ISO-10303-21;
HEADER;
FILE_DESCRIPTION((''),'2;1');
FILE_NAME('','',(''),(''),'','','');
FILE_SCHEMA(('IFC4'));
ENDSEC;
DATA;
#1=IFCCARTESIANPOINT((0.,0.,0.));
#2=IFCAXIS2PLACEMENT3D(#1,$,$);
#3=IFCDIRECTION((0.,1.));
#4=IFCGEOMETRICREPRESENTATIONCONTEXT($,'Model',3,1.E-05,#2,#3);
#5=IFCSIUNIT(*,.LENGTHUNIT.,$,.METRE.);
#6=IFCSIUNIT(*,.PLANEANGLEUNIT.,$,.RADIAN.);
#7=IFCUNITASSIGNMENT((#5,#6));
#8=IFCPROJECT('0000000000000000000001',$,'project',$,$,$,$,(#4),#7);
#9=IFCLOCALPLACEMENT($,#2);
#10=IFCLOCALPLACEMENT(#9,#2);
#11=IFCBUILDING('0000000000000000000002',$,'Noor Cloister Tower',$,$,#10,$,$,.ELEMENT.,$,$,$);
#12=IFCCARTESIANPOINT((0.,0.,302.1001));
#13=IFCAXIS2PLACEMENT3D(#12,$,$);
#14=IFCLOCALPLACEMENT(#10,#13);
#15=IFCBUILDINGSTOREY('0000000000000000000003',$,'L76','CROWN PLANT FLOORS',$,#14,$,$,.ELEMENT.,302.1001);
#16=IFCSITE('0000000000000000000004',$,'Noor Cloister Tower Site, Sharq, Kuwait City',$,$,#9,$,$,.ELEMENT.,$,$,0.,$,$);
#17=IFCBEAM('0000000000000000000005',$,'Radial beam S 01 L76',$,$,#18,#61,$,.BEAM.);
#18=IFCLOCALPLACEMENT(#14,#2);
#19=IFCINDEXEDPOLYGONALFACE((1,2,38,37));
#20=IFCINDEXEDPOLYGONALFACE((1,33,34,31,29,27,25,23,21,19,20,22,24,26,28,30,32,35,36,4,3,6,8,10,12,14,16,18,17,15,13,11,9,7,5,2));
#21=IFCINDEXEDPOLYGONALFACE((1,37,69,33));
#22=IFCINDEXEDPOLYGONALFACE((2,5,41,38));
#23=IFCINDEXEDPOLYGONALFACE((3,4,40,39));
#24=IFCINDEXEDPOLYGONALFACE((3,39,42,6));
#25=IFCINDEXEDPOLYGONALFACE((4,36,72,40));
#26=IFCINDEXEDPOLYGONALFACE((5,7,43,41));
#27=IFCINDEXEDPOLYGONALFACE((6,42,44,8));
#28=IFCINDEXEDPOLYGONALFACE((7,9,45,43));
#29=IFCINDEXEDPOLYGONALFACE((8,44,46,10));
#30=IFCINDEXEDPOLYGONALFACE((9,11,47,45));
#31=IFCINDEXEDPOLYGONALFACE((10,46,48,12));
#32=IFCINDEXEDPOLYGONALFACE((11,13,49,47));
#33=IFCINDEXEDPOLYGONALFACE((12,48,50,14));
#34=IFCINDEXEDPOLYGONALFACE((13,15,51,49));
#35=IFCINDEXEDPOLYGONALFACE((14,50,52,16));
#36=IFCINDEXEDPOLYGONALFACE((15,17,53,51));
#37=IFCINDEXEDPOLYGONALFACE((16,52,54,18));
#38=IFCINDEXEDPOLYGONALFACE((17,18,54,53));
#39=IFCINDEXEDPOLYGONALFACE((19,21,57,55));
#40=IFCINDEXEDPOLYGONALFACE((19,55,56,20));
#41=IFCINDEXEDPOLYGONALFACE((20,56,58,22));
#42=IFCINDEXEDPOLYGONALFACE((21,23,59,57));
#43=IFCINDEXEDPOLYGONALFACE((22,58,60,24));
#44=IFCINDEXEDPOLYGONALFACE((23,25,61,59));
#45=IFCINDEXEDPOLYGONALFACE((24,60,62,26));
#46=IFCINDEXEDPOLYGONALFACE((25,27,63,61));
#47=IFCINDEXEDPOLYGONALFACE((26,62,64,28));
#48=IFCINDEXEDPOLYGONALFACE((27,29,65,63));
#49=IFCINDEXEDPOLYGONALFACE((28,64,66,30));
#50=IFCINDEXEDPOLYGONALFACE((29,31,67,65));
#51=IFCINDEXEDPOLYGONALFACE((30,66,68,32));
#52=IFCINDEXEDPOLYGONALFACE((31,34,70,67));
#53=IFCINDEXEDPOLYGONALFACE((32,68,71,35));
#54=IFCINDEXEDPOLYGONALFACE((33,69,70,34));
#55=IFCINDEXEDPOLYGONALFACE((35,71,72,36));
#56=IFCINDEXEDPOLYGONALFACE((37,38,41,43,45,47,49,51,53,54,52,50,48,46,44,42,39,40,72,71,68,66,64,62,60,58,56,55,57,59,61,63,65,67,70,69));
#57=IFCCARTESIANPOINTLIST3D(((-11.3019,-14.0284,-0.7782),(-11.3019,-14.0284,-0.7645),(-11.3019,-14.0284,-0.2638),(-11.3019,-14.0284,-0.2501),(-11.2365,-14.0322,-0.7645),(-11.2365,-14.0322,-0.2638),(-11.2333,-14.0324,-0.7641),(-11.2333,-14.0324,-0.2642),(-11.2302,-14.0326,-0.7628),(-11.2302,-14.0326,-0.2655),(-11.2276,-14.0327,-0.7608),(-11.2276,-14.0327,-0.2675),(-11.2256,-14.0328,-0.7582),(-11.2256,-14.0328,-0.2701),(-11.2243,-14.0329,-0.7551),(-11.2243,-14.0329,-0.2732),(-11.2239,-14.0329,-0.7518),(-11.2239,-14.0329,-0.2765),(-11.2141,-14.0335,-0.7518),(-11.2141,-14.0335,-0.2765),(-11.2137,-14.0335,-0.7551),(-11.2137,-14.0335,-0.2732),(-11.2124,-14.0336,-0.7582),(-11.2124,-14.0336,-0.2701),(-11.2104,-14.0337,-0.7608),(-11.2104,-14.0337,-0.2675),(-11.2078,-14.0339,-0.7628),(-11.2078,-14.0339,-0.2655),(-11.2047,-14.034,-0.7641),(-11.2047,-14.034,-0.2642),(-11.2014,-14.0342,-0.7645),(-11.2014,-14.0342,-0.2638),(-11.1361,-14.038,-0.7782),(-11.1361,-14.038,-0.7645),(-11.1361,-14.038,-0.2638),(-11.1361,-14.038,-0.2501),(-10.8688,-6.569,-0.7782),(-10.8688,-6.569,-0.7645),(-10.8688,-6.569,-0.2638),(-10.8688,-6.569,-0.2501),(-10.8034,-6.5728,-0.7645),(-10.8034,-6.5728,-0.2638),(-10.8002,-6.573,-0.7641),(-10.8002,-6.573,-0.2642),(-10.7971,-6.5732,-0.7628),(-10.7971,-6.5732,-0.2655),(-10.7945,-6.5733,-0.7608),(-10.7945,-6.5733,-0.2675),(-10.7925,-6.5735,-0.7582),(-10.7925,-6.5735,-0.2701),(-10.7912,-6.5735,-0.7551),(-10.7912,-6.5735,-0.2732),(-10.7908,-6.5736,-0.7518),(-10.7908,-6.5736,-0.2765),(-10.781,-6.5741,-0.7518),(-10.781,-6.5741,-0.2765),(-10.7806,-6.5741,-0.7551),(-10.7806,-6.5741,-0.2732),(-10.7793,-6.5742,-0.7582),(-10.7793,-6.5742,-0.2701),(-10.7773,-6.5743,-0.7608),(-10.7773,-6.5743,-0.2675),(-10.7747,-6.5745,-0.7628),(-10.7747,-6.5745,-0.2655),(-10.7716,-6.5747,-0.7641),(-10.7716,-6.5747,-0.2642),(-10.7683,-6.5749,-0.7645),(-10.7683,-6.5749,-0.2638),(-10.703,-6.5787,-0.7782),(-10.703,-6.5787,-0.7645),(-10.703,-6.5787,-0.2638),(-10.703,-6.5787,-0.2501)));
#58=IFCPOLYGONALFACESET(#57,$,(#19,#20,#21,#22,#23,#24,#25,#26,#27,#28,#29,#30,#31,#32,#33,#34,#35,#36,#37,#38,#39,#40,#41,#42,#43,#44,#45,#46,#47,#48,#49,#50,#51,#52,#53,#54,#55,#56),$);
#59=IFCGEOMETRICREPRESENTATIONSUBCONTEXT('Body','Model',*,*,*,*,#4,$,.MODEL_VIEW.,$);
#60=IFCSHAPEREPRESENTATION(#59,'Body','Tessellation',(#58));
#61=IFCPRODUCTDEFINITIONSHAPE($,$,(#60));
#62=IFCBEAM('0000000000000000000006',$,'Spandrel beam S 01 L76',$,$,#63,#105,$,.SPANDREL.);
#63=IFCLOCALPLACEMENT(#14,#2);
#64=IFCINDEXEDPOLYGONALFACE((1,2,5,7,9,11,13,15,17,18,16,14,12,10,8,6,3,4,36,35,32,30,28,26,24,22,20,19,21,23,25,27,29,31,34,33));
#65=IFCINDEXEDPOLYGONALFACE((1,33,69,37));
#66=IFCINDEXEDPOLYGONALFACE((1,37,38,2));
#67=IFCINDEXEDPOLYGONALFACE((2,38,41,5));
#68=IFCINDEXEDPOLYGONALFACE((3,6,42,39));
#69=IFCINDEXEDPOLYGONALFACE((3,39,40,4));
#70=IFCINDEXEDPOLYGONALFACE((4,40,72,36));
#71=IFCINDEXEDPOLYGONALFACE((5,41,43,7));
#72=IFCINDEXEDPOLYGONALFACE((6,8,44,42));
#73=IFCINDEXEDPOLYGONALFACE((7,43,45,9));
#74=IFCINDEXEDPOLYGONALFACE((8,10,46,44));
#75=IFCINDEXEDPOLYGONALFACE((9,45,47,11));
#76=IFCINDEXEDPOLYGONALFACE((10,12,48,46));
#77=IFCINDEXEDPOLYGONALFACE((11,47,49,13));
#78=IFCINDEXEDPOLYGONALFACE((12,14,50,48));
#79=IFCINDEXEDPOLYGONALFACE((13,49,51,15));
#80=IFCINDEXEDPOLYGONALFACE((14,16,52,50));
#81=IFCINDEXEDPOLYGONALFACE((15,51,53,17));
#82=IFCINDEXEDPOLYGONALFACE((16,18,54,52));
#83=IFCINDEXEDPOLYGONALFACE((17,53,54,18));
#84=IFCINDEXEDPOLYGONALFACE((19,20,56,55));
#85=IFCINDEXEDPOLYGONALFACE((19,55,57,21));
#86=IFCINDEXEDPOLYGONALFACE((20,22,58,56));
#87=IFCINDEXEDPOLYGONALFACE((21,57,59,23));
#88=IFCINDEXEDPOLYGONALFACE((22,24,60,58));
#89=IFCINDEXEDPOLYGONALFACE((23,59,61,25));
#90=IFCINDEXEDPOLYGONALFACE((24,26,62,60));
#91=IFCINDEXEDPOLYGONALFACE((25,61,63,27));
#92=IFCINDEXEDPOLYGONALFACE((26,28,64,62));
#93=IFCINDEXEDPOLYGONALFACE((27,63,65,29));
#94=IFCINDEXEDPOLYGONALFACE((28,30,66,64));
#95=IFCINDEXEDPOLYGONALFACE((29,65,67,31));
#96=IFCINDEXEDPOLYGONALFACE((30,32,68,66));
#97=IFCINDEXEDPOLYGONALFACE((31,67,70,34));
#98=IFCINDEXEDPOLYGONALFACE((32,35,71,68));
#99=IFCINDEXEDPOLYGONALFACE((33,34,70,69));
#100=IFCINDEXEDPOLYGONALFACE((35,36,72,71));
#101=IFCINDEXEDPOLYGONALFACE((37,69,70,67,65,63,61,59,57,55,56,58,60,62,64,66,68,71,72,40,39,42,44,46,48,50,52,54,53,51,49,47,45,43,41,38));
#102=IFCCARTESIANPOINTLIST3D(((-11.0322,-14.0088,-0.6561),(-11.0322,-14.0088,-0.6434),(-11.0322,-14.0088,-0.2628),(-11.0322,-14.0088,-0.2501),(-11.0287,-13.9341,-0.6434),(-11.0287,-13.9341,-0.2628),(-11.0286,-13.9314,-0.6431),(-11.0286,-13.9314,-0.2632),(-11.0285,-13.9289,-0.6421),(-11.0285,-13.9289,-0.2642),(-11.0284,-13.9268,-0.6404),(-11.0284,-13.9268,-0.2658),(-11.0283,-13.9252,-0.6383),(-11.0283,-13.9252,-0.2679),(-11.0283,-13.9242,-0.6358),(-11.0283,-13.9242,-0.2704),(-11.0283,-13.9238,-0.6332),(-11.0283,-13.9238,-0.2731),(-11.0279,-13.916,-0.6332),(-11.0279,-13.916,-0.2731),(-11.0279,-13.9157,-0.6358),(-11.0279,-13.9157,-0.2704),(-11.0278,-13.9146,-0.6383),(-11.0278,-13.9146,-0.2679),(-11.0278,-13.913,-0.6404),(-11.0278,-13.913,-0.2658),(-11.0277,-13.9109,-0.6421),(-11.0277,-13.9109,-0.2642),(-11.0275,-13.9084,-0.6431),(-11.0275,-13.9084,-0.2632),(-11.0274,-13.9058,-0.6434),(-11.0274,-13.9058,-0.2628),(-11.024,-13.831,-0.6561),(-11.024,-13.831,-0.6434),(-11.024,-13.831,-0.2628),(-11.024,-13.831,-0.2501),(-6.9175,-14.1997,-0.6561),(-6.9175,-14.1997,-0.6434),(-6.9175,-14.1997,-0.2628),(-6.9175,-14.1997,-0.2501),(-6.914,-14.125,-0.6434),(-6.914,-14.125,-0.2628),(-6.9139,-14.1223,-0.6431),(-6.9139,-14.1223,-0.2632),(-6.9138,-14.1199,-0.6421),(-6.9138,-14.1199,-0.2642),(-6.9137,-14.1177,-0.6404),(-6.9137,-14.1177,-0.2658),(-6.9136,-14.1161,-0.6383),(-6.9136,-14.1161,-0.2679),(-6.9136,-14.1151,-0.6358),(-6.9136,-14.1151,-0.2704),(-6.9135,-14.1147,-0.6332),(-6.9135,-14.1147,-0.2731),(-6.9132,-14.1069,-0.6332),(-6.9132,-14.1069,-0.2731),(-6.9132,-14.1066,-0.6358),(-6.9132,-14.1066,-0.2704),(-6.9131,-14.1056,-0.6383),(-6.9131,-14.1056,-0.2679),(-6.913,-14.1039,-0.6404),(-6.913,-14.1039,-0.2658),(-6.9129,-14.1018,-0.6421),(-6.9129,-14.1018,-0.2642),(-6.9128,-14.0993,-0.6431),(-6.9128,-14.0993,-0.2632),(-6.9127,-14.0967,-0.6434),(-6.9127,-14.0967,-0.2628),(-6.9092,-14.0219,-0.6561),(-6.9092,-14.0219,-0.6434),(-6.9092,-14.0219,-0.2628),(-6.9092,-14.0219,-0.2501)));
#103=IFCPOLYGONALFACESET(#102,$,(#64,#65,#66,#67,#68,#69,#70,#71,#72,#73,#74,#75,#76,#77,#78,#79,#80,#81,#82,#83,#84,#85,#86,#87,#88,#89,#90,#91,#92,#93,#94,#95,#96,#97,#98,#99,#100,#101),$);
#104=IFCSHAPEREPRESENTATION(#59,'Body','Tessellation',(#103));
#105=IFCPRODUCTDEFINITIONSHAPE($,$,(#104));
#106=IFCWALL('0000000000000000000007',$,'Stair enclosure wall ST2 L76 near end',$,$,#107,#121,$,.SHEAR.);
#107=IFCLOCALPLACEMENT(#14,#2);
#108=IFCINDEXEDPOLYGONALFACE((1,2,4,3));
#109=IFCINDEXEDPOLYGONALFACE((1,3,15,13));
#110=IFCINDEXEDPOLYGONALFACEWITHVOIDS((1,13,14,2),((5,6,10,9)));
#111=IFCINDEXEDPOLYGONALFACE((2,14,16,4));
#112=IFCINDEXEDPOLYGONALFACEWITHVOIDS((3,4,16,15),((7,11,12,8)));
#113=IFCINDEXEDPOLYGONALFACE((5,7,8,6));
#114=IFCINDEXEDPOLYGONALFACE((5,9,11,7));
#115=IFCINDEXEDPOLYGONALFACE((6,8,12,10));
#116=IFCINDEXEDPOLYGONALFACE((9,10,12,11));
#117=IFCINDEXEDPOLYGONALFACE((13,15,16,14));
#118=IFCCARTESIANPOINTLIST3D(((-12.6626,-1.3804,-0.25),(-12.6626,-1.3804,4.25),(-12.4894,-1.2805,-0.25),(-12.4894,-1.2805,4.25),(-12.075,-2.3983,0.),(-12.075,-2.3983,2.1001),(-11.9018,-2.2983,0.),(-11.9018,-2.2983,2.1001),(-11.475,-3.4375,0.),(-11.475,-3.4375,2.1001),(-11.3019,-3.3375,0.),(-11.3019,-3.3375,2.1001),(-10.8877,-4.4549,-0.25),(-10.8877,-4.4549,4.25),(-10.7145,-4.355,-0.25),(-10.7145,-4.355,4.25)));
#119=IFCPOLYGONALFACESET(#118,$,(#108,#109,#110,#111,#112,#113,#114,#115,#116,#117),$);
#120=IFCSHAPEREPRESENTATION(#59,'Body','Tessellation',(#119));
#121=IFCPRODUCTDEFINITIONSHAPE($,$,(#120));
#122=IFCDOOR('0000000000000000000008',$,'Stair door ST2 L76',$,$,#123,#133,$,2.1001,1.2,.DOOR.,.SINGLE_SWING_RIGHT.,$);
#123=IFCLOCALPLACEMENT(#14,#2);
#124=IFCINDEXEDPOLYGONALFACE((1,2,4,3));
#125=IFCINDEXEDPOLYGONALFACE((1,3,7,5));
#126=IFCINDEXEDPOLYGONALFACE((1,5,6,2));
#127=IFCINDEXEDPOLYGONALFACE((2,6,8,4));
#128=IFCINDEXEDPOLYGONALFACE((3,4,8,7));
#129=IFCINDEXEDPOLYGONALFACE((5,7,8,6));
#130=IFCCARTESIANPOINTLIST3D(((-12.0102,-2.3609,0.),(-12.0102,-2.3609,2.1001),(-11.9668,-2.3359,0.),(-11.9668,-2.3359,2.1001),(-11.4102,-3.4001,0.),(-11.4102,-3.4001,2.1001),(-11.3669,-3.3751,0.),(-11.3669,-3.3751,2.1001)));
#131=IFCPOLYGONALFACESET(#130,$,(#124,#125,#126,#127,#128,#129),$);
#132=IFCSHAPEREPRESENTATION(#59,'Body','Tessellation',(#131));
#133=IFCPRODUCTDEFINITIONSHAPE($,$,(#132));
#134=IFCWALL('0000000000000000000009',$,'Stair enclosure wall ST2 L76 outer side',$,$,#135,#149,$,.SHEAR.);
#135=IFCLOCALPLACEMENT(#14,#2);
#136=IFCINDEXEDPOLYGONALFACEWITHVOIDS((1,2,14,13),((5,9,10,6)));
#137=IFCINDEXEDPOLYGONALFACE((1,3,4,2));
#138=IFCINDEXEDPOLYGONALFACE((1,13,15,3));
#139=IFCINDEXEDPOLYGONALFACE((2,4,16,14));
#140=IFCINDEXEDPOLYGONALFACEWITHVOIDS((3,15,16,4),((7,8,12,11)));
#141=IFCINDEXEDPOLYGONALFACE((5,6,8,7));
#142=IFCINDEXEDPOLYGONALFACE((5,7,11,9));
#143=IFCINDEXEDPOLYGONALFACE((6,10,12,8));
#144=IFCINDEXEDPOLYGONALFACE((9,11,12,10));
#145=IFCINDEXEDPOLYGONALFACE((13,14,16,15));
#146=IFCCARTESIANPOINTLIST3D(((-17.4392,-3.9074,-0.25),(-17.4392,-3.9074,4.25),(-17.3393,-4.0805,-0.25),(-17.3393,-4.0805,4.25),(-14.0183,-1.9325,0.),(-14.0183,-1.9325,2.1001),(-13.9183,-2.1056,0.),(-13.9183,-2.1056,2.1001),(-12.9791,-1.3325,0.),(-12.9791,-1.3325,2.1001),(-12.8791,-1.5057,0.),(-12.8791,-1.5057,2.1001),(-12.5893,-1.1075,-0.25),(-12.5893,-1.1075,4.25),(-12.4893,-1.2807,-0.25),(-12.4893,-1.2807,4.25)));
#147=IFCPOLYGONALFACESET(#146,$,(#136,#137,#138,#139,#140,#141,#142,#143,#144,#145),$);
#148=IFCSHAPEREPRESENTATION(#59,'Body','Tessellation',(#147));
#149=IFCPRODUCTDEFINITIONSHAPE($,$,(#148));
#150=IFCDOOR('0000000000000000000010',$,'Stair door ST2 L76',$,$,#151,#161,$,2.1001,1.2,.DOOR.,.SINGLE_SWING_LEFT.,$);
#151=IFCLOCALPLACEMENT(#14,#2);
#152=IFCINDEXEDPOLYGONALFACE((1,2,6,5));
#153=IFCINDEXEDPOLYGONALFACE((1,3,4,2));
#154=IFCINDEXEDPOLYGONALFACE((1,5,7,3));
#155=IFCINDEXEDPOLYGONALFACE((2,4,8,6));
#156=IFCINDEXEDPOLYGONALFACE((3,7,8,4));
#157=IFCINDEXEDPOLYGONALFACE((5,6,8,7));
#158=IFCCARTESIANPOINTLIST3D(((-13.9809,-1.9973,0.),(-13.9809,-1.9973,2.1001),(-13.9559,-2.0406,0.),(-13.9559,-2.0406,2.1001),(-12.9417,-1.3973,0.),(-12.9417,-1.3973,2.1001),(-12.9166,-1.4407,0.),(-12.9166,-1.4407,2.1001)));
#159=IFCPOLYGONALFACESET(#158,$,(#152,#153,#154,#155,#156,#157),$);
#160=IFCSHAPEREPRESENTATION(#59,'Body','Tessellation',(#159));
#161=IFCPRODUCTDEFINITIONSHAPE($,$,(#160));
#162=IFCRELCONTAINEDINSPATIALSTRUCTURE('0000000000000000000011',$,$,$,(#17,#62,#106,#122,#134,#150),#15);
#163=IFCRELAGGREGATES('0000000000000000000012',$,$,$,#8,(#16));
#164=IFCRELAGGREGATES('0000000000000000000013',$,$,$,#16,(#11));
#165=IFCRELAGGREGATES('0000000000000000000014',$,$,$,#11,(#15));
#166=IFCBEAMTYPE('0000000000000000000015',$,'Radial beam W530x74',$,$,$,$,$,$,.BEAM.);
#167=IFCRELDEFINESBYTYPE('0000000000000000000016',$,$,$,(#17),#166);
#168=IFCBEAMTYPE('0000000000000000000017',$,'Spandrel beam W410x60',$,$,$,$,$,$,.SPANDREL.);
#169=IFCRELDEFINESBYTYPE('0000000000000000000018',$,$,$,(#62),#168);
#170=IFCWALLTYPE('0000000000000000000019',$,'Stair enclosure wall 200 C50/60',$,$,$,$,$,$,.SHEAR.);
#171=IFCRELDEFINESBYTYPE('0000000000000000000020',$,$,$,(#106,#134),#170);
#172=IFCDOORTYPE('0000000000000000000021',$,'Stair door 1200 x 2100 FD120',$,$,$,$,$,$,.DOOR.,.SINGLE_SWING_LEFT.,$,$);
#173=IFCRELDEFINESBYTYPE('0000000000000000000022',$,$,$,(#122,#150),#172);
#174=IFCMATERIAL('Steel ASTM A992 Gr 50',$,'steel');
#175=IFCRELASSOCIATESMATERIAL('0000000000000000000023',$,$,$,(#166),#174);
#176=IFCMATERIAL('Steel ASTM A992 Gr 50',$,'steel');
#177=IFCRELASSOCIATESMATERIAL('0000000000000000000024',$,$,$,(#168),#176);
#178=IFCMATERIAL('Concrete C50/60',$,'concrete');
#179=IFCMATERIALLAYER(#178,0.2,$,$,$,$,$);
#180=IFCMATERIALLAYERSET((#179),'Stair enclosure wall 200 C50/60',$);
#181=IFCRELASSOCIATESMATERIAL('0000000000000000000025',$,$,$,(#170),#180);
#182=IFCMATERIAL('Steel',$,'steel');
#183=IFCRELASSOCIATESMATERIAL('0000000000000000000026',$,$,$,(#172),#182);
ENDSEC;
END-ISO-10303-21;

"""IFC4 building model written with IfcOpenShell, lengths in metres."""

from ifc_helpers import new_model, si_unit, direction, frame, frame_2d, origin, origin_2d, place, context, subcontext, project, spatial, rectangle, i_section, extrude, material, layer, layer_set, material_profile, profile_set, type_object, element, fill, save


model = new_model("IFC4")

# Units and contexts
model_context = context("Model", 3, precision=1e-05, world=origin(), true_north=direction((0.0, 1.0)))
body_context = subcontext(model_context, "Body", "Model", "MODEL_VIEW")
ifc_project = project(units=[si_unit("LENGTHUNIT", "METRE"), si_unit("PLANEANGLEUNIT", "RADIAN")], contexts=[model_context])

# Site, building, storey
site_placement = place(None, origin())
site = spatial("IfcSite", under=ifc_project, at=site_placement, Name="Noor Cloister Tower Site, Sharq, Kuwait City", CompositionType="ELEMENT", RefElevation=0.0)
building_placement = place(site_placement, origin())
building = spatial("IfcBuilding", under=site, at=building_placement, Name="Noor Cloister Tower", CompositionType="ELEMENT")
storey_placement = place(building_placement, frame((0.0, 0.0, 302.1001)))
storey = spatial("IfcBuildingStorey", under=building, at=storey_placement, Name="L76", Description="CROWN PLANT FLOORS", CompositionType="ELEMENT", Elevation=302.1001)

# Beams
ifc_material_1 = material(Name="Steel ASTM A992 Gr 50", Category="steel")
ifc_material_profile_1 = material_profile(ifc_material_1, i_section(OverallWidth=0.166, OverallDepth=0.5281, WebThickness=0.0098, FlangeThickness=0.0137, FilletRadius=0.0127, at=origin_2d()), Name="W530x74")
ifc_profile_set_1 = profile_set([ifc_material_profile_1], Name="Steel ASTM A992 Gr 50")
beam_type_1 = type_object("IfcBeamType", Name="Radial beam W530x74", PredefinedType="BEAM", material=ifc_profile_set_1)
beam_1_placement = place(storey_placement, frame((-11.219, -14.0332, -0.5142), z_axis=(0.057964, 0.998319, 0.0), x_axis=(-0.998319, 0.057964, 0.0)))
element("IfcBeam", 1, at=beam_1_placement, inside=storey, type_object=beam_type_1, Name="Radial beam S 01 L76", PredefinedType="BEAM", context=body_context, shape_type="SweptSolid", body=[
    extrude(i_section(OverallWidth=0.166, OverallDepth=0.5281, WebThickness=0.0098, FlangeThickness=0.0137, FilletRadius=0.0127, at=origin_2d()), origin(), (0.0, 0.0, 1.0), 7.4719),
])
ifc_material_2 = material(Name="Steel ASTM A992 Gr 50", Category="steel")
ifc_material_profile_2 = material_profile(ifc_material_2, i_section(OverallWidth=0.178, OverallDepth=0.406, WebThickness=0.0078, FlangeThickness=0.0127, FilletRadius=0.0103, at=origin_2d()), Name="W410x60")
ifc_profile_set_2 = profile_set([ifc_material_profile_2], Name="Steel ASTM A992 Gr 50")
beam_type_2 = type_object("IfcBeamType", Name="Spandrel beam W410x60", PredefinedType="SPANDREL", material=ifc_profile_set_2)
beam_2_placement = place(storey_placement, frame((-11.0281, -13.9199, -0.4531), z_axis=(0.998925, -0.046349, 0.0), x_axis=(0.046349, 0.998925, 0.0)))
element("IfcBeam", 2, at=beam_2_placement, inside=storey, type_object=beam_type_2, Name="Spandrel beam S 01 L76", PredefinedType="SPANDREL", context=body_context, shape_type="SweptSolid", body=[
    extrude(i_section(OverallWidth=0.178, OverallDepth=0.406, WebThickness=0.0078, FlangeThickness=0.0127, FilletRadius=0.0103, at=origin_2d()), origin(), (0.0, 0.0, 1.0), 4.1191),
])

# Walls, openings, doors
ifc_material_3 = material(Name="Concrete C50/60", Category="concrete")
ifc_layer_1 = layer(ifc_material_3, 0.2)
ifc_layer_set_1 = layer_set([ifc_layer_1], Name="Stair enclosure wall 200 C50/60")
wall_type_1 = type_object("IfcWallType", Name="Stair enclosure wall 200 C50/60", PredefinedType="SHEAR", material=ifc_layer_set_1)
wall_1_placement = place(storey_placement, frame((-12.5759, -1.3306, -0.25), z_axis=(0.0, 0.0, 1.0), x_axis=(0.49997, -0.866042, 0.0)))
wall_1 = element("IfcWall", 3, at=wall_1_placement, inside=storey, type_object=wall_type_1, Name="Stair enclosure wall ST2 L76 near end", PredefinedType="SHEAR", context=body_context, shape_type="SweptSolid", body=[
    extrude(rectangle(XDim=3.55, YDim=0.2, at=frame_2d((1.7749, 0.0))), origin(), (0.0, 0.0, 1.0), 4.5),
])
opening_1_placement = place(wall_1_placement, frame((1.175, 0.0, 0.25)))
opening_1 = element("IfcOpeningElement", 4, at=opening_1_placement, cuts=wall_1, PredefinedType="OPENING", context=body_context, shape_type="SweptSolid", body=[
    extrude(rectangle(XDim=1.2, YDim=2.1001, at=frame_2d((0.6001, 1.05))), frame((0.0, 0.1099, 0.0), z_axis=(0.0, -1.0, 0.0), x_axis=(1.0, 0.0, 0.0)), (0.0, 0.0, 1.0), 0.22),
])
ifc_material_4 = material(Name="Steel", Category="steel")
door_type_1 = type_object("IfcDoorType", Name="Stair door 1200 x 2100 FD120", OperationType="SINGLE_SWING_LEFT", PredefinedType="DOOR", material=ifc_material_4)
door_1_placement = place(opening_1_placement, origin())
door_1 = element("IfcDoor", 5, at=door_1_placement, inside=storey, type_object=door_type_1, Name="Stair door ST2 L76", OperationType="SINGLE_SWING_RIGHT", OverallHeight=2.1001, OverallWidth=1.2, PredefinedType="DOOR", context=body_context, shape_type="SweptSolid", body=[
    extrude(rectangle(XDim=1.2, YDim=2.1001, at=frame_2d((0.6001, 1.05))), frame((0.0, 0.0249, 0.0), z_axis=(0.0, -1.0, 0.0), x_axis=(1.0, 0.0, 0.0)), (0.0, 0.0, 1.0), 0.05),
])
fill(opening_1, door_1)
wall_2_placement = place(storey_placement, frame((-12.5393, -1.1941, -0.25), z_axis=(0.0, 0.0, 1.0), x_axis=(-0.866045, -0.499965, 0.0)))
wall_2 = element("IfcWall", 6, at=wall_2_placement, inside=storey, type_object=wall_type_1, Name="Stair enclosure wall ST2 L76 outer side", PredefinedType="SHEAR", context=body_context, shape_type="SweptSolid", body=[
    extrude(rectangle(XDim=5.6001, YDim=0.2, at=frame_2d((2.8, 0.0))), origin(), (0.0, 0.0, 1.0), 4.5),
])
opening_2_placement = place(wall_2_placement, frame((0.45, 0.0, 0.25)))
opening_2 = element("IfcOpeningElement", 7, at=opening_2_placement, cuts=wall_2, PredefinedType="OPENING", context=body_context, shape_type="SweptSolid", body=[
    extrude(rectangle(XDim=1.2, YDim=2.1001, at=frame_2d((0.6001, 1.05))), frame((0.0, 0.1099, 0.0), z_axis=(0.0, -1.0, 0.0), x_axis=(1.0, 0.0, 0.0)), (0.0, 0.0, 1.0), 0.22),
])
door_2_placement = place(opening_2_placement, origin())
door_2 = element("IfcDoor", 8, at=door_2_placement, inside=storey, type_object=door_type_1, Name="Stair door ST2 L76", OperationType="SINGLE_SWING_LEFT", OverallHeight=2.1001, OverallWidth=1.2, PredefinedType="DOOR", context=body_context, shape_type="SweptSolid", body=[
    extrude(rectangle(XDim=1.2, YDim=2.1001, at=frame_2d((0.6001, 1.05))), frame((0.0, 0.0249, 0.0), z_axis=(0.0, -1.0, 0.0), x_axis=(1.0, 0.0, 0.0)), (0.0, 0.0, 1.0), 0.05),
])
fill(opening_2, door_2)

save(model, "model.ifc")
